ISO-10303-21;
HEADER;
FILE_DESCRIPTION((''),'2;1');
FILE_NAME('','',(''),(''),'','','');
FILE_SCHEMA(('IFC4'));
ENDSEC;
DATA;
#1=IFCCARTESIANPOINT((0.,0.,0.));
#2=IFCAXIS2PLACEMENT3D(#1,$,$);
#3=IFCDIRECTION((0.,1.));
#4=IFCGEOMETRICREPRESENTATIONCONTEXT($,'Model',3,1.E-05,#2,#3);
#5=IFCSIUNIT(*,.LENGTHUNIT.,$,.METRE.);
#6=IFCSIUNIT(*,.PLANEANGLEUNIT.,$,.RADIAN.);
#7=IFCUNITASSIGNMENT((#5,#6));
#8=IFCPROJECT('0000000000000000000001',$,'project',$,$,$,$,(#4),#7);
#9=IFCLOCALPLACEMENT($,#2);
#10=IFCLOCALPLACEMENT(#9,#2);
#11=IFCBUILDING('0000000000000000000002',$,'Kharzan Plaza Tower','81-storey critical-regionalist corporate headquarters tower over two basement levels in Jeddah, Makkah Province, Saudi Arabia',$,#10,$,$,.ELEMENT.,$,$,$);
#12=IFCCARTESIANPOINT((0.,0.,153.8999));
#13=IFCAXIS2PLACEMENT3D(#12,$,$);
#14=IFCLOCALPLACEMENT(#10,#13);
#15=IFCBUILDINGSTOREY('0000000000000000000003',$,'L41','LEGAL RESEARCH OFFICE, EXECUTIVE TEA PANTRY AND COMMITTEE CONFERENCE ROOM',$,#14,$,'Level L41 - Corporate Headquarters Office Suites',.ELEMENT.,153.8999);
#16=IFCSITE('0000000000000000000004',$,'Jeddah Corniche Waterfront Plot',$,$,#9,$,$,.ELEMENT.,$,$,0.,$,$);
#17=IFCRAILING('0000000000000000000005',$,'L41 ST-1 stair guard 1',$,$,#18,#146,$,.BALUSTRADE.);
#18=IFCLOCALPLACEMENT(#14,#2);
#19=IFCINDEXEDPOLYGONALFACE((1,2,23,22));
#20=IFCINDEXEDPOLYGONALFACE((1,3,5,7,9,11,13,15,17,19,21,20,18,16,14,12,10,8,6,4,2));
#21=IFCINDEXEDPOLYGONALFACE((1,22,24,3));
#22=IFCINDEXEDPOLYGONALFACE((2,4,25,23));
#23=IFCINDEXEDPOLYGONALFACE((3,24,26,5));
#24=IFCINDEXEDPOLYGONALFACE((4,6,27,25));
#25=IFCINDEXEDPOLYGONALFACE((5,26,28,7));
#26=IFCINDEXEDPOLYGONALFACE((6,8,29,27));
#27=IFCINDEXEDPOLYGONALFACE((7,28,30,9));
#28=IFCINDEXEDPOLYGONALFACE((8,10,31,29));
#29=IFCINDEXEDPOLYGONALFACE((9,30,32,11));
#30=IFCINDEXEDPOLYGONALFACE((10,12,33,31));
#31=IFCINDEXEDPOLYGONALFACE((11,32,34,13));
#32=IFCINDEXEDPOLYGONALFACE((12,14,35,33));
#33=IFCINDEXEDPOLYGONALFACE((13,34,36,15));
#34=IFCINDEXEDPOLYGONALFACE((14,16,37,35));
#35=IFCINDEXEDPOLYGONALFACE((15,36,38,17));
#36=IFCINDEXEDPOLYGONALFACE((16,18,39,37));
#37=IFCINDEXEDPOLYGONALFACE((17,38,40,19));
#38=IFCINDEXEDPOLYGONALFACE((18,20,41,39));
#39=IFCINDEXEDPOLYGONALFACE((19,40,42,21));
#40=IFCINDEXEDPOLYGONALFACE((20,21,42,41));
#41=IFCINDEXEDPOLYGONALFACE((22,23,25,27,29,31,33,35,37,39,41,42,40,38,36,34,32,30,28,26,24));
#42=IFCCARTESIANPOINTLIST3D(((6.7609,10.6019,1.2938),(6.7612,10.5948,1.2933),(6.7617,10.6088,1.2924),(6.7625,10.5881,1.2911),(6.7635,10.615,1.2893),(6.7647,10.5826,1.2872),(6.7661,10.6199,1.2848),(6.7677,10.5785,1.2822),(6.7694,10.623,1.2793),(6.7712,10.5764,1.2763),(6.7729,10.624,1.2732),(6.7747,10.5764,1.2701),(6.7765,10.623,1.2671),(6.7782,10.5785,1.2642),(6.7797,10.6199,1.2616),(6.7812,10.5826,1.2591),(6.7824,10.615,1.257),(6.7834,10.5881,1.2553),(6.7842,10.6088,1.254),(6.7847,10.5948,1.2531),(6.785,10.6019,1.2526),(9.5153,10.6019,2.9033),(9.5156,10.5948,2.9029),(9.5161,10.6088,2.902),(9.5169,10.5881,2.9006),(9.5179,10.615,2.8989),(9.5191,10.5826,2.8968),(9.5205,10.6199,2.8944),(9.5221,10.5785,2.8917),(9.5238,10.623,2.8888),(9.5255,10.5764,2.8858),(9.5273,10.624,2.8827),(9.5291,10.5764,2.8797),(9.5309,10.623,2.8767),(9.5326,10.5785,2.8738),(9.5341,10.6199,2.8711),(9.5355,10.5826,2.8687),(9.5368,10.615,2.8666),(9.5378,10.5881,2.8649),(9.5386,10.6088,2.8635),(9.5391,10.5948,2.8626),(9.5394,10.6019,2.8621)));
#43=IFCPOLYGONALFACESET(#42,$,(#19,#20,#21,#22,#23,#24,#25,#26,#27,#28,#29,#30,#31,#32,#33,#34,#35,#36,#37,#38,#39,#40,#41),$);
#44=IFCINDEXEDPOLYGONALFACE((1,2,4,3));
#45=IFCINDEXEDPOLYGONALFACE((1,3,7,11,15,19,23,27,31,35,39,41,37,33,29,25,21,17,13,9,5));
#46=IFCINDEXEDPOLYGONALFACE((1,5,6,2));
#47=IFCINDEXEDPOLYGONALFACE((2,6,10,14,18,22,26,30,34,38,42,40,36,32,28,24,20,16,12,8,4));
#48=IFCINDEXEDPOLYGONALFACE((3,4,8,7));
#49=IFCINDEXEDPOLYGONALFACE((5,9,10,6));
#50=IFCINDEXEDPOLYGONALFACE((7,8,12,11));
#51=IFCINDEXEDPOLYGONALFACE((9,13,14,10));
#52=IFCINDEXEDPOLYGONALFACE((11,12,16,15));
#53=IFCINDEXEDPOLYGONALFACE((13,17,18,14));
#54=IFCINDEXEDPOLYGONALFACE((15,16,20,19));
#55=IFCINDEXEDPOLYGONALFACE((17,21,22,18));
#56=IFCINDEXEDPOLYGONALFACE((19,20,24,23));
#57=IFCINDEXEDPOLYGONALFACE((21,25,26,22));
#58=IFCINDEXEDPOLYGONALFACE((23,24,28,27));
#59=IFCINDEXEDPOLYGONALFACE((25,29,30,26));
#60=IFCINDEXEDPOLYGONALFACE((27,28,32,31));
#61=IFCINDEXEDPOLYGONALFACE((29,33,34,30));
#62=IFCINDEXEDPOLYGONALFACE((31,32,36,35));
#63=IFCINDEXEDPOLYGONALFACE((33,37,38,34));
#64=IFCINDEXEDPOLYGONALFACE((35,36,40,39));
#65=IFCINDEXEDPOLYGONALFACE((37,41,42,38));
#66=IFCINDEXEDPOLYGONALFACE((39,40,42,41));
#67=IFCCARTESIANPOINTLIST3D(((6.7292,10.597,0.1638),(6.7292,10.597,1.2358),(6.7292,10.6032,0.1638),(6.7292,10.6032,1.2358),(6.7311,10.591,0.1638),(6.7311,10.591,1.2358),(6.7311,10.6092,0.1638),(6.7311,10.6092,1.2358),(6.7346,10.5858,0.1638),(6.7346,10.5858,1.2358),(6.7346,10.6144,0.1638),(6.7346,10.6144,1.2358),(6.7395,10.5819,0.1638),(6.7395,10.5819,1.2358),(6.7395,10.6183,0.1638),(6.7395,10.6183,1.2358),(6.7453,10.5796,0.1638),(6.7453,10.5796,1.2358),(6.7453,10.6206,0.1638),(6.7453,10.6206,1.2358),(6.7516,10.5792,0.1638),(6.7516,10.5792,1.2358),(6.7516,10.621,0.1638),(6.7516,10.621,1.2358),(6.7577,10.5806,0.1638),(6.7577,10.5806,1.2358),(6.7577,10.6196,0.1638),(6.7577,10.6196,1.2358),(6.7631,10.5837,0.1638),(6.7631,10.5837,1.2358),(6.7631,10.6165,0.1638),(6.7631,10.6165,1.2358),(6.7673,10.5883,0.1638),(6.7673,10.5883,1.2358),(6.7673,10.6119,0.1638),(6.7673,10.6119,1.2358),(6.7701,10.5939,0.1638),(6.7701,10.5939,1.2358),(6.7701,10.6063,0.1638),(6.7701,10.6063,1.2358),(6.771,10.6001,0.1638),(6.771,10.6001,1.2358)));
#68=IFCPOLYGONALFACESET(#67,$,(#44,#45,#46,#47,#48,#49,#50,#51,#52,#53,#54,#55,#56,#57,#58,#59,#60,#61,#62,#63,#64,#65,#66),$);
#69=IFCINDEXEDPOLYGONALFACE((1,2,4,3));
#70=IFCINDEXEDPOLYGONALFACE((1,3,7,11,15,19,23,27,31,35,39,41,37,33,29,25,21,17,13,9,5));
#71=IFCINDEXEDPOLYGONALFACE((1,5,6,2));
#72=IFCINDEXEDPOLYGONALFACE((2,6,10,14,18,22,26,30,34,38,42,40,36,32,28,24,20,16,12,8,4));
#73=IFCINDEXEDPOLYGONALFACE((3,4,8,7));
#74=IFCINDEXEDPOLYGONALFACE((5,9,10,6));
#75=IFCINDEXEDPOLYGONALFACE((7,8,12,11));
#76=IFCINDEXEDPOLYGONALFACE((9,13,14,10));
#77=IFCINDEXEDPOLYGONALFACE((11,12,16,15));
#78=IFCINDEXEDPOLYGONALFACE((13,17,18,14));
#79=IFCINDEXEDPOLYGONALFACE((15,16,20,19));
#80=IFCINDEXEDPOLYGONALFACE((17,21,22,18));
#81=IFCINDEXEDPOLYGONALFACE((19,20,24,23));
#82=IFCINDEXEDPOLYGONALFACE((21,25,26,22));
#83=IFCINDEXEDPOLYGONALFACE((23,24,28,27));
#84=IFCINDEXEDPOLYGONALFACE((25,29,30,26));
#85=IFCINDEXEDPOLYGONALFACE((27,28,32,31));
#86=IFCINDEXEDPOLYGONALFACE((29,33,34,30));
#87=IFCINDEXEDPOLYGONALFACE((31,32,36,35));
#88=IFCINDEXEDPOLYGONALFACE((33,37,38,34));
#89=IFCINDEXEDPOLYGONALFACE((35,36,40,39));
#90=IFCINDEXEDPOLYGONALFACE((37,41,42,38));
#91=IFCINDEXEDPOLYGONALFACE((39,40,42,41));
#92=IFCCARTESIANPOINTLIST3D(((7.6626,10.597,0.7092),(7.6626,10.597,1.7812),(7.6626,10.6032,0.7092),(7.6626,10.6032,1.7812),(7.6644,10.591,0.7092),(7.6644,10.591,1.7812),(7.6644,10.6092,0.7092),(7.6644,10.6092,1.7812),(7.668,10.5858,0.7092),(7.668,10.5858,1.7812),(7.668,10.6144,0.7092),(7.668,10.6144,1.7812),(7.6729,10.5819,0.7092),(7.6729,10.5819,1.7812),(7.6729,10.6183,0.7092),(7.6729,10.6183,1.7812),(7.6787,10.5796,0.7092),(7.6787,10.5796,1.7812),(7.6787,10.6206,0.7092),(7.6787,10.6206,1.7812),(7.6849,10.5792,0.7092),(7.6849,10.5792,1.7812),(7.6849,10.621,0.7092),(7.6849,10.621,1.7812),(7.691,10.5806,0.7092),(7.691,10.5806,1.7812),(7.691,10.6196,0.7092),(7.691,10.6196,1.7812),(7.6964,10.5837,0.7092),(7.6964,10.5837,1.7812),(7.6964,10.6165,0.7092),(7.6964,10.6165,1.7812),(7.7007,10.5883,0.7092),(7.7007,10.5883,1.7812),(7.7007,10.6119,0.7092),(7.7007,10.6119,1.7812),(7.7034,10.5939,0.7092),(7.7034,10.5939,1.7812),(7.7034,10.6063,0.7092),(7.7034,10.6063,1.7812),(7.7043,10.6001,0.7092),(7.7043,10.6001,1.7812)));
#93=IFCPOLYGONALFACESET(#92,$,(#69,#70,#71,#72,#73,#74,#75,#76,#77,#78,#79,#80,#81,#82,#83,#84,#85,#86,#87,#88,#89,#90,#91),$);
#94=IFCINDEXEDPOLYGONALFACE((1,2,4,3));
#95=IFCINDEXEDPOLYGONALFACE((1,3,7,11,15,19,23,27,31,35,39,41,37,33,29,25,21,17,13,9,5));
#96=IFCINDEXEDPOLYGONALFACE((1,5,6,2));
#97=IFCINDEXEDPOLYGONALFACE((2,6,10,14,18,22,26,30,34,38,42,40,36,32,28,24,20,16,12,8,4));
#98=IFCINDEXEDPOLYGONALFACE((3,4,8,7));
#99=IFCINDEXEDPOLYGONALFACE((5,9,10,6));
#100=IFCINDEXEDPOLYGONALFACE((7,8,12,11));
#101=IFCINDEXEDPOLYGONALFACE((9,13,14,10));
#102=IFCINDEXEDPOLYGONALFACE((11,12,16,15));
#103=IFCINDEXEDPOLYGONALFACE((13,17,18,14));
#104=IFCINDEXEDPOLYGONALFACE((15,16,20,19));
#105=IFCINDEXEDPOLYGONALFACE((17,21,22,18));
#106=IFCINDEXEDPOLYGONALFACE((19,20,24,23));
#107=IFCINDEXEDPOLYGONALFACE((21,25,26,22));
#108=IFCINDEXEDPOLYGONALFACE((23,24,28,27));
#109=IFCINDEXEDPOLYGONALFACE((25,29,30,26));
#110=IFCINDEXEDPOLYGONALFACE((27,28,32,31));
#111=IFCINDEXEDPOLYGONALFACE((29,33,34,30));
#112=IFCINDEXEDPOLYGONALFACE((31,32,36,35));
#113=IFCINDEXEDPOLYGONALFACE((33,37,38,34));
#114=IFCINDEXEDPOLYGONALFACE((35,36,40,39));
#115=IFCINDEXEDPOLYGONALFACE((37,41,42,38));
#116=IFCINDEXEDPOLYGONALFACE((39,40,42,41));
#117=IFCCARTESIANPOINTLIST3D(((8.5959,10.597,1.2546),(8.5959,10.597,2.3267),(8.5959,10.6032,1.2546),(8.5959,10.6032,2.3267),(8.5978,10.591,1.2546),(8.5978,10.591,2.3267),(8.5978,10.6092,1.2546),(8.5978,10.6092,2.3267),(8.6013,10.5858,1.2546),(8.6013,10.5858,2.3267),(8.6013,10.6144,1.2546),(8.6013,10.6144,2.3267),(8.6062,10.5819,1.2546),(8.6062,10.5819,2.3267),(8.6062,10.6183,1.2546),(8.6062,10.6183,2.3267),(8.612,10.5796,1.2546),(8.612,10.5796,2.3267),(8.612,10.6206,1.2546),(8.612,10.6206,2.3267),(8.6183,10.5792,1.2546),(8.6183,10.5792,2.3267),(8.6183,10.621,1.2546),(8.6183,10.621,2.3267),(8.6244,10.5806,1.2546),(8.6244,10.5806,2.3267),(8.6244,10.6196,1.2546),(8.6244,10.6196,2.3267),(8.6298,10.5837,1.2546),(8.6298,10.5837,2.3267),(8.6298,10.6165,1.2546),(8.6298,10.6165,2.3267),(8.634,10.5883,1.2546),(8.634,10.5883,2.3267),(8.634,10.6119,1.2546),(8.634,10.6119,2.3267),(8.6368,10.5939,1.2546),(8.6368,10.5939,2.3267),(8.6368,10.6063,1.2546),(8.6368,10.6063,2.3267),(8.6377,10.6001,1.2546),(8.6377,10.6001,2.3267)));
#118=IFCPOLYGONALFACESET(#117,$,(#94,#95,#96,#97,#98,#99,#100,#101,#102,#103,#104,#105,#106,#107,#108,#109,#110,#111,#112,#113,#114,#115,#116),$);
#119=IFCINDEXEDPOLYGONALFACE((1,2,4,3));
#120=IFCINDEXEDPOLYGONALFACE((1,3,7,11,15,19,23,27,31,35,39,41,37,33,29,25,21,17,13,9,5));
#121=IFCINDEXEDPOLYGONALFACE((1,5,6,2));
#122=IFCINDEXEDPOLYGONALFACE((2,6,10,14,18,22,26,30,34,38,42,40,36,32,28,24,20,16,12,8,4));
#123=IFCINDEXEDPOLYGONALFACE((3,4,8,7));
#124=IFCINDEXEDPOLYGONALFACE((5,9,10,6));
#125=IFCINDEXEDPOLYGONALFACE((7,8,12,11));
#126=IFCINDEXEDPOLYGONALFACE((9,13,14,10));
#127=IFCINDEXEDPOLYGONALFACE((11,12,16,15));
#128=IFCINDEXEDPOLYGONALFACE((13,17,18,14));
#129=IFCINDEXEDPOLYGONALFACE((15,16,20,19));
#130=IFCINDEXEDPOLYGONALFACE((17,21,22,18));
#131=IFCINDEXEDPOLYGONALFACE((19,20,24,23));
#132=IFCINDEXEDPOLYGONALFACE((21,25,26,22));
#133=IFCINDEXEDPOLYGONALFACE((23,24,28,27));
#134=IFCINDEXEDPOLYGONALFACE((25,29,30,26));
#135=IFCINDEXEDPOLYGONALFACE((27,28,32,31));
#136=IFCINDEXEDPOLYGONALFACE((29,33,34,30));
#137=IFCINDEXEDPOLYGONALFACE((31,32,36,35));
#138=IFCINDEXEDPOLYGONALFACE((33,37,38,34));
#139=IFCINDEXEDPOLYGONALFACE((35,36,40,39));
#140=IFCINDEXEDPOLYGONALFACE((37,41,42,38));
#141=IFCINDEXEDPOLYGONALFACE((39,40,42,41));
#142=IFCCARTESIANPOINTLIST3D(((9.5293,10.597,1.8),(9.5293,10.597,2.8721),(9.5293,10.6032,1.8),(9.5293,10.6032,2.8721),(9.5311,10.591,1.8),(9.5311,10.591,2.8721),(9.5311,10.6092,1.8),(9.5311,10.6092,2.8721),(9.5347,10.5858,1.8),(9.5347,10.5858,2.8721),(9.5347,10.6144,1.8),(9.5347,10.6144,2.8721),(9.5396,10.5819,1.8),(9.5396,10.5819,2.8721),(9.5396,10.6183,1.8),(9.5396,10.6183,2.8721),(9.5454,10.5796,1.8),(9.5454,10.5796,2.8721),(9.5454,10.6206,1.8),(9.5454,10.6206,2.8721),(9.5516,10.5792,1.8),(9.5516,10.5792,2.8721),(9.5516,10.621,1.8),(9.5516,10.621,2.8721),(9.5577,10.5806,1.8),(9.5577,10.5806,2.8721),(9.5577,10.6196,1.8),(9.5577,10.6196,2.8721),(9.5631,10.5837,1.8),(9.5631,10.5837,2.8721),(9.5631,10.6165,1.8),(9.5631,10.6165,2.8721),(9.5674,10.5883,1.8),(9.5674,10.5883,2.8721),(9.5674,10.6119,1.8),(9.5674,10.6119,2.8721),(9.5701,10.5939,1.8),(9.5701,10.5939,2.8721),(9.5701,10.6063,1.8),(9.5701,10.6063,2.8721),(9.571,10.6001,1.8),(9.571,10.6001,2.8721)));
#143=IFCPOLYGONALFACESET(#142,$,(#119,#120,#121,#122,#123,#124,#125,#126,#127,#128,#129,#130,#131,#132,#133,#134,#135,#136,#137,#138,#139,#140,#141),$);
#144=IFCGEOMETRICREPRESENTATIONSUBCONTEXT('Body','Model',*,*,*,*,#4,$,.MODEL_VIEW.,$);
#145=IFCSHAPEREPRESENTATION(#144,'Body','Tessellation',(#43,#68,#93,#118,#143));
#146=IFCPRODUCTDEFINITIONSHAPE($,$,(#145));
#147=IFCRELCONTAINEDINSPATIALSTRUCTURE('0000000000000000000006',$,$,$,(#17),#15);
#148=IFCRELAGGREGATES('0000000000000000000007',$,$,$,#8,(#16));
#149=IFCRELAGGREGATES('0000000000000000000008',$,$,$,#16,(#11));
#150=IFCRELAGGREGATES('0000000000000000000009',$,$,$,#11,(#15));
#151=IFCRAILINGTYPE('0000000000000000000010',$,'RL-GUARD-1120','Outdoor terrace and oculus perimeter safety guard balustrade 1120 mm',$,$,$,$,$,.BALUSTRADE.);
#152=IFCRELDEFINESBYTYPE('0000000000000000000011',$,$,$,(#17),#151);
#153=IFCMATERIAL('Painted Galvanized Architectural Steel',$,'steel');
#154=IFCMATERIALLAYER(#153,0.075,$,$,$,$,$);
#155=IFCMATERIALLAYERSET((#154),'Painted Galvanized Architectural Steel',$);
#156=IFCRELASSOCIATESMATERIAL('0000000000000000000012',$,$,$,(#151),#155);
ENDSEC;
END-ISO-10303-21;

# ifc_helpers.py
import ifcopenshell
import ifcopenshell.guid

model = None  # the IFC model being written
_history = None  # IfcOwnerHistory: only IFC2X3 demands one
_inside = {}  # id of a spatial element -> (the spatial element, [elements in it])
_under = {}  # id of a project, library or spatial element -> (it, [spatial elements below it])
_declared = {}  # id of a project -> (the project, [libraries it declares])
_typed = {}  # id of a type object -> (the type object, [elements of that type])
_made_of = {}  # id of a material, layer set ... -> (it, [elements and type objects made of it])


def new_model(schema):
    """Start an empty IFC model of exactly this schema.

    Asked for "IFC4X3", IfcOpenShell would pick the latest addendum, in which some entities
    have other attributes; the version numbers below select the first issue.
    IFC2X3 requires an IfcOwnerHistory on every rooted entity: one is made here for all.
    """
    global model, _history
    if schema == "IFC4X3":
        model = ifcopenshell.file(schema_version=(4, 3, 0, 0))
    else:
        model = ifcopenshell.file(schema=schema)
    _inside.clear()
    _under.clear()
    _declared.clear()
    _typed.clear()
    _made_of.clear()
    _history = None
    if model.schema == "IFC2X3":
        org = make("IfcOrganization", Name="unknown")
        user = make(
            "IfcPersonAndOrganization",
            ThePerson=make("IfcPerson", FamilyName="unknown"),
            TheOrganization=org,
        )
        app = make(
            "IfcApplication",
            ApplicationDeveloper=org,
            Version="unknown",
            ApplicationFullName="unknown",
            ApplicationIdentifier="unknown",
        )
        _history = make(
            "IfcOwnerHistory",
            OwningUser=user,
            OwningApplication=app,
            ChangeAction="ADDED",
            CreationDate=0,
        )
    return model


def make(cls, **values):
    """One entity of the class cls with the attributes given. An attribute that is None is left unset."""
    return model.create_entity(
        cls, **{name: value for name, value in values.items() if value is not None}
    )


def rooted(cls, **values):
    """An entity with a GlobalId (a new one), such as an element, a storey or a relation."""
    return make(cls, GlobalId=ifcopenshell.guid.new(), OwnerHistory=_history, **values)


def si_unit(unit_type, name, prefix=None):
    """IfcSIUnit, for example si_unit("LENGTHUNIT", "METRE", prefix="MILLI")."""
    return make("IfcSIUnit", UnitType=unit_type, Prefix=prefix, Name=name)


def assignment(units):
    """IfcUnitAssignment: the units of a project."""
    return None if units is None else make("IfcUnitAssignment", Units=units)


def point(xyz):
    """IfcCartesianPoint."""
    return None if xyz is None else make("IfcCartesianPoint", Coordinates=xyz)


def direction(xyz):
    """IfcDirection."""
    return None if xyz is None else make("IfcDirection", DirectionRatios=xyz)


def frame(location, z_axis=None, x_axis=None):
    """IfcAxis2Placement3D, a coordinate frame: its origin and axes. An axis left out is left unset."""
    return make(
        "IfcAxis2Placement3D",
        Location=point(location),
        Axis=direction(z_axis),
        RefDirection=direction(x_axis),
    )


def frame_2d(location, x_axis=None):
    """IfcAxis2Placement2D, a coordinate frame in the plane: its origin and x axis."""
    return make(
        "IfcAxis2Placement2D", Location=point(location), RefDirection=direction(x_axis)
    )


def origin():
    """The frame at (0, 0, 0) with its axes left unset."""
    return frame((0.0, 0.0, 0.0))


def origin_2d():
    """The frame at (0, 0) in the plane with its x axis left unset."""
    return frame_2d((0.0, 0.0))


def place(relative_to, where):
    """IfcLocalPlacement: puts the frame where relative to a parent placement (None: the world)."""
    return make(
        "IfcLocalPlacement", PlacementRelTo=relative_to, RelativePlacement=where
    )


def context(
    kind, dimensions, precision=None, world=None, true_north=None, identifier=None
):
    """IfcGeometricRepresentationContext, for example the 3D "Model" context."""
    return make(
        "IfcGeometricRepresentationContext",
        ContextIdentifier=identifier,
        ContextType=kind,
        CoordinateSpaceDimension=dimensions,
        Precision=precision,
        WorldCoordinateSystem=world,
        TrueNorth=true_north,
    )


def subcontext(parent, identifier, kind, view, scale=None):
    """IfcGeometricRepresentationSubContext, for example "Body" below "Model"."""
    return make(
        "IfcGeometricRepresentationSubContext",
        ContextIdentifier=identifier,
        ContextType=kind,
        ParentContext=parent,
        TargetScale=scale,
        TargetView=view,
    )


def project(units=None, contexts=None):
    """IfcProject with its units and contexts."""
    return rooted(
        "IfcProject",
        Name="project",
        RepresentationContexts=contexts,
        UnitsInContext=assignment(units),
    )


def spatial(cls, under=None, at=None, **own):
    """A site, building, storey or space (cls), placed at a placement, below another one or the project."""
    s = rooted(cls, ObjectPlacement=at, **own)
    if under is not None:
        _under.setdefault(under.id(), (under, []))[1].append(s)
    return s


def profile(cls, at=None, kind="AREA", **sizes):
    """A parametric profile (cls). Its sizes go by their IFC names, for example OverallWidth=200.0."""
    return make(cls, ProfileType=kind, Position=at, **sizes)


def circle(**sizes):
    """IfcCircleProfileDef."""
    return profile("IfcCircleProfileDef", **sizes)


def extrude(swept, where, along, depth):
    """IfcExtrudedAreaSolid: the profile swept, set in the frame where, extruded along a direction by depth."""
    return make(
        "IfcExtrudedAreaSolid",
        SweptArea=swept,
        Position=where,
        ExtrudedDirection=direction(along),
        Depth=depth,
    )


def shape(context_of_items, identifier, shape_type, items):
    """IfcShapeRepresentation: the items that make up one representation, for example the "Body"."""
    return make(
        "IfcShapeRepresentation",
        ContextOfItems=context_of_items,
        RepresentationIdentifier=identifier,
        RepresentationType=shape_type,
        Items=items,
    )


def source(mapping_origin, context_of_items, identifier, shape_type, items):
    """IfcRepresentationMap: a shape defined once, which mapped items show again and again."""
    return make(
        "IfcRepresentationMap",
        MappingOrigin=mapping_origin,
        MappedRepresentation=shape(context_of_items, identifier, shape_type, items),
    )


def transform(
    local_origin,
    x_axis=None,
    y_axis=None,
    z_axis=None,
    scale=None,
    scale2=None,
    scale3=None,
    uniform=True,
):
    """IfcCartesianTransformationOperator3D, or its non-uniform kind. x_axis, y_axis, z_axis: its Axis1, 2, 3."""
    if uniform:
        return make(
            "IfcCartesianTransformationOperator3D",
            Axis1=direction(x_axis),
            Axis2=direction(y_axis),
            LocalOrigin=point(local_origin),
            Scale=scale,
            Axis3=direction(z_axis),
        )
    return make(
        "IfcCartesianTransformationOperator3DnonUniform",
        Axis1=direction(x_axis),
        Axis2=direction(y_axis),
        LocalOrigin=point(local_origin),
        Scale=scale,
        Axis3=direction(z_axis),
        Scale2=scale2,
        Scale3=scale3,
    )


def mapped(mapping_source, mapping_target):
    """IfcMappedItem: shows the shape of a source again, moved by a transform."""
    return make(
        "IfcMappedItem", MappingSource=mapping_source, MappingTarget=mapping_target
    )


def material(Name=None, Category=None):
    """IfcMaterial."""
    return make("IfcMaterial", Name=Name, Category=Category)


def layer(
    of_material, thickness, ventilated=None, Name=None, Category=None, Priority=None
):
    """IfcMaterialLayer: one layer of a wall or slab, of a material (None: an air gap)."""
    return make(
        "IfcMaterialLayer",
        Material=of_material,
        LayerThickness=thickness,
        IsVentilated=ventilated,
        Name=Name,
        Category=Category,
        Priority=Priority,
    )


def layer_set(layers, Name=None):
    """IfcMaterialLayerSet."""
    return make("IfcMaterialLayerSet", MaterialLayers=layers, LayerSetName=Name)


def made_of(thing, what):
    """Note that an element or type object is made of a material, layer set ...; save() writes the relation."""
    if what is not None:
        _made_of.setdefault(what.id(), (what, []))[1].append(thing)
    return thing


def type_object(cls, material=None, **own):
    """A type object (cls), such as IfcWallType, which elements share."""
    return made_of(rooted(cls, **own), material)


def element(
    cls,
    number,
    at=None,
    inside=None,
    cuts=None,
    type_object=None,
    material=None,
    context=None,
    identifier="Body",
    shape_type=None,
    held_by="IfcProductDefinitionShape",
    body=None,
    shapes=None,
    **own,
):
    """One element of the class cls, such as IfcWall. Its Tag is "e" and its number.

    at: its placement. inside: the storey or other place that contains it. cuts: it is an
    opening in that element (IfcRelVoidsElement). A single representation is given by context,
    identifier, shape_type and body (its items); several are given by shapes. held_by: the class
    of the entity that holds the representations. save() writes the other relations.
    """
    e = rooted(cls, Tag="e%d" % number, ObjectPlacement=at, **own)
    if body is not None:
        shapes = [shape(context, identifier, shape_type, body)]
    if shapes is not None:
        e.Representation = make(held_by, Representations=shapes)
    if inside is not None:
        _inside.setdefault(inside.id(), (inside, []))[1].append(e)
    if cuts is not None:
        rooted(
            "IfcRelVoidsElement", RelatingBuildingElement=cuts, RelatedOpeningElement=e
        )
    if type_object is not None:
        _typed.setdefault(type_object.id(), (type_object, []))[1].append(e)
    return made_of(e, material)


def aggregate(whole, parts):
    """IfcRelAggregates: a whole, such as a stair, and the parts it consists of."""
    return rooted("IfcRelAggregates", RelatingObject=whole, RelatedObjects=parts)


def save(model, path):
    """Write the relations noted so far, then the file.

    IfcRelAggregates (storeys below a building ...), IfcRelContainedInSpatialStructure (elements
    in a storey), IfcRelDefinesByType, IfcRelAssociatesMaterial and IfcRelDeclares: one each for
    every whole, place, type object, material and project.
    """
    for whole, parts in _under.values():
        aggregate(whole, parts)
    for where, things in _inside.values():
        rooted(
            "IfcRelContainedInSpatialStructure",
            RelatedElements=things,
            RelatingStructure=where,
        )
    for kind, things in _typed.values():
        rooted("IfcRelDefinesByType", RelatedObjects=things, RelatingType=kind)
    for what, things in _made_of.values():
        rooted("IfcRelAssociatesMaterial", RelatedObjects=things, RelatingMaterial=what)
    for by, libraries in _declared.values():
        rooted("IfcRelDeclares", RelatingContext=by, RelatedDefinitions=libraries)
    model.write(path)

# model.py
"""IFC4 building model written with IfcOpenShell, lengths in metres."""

from ifc_helpers import new_model, si_unit, direction, frame, origin, origin_2d, place, context, subcontext, project, spatial, circle, extrude, source, transform, mapped, material, layer, layer_set, type_object, element, save


model = new_model("IFC4")

# Units and contexts
model_context = context("Model", 3, precision=1e-05, world=origin(), true_north=direction((0.0, 1.0)))
body_context = subcontext(model_context, "Body", "Model", "MODEL_VIEW")
ifc_project = project(units=[si_unit("LENGTHUNIT", "METRE"), si_unit("PLANEANGLEUNIT", "RADIAN")], contexts=[model_context])

# Site, building, storey
site_placement = place(None, origin())
site = spatial("IfcSite", under=ifc_project, at=site_placement, Name="Jeddah Corniche Waterfront Plot", CompositionType="ELEMENT", RefElevation=0.0)
building_placement = place(site_placement, origin())
building = spatial("IfcBuilding", under=site, at=building_placement, Name="Kharzan Plaza Tower", Description="81-storey critical-regionalist corporate headquarters tower over two basement levels in Jeddah, Makkah Province, Saudi Arabia", CompositionType="ELEMENT")
storey_placement = place(building_placement, frame((0.0, 0.0, 153.8999)))
storey = spatial("IfcBuildingStorey", under=building, at=storey_placement, Name="L41", Description="LEGAL RESEARCH OFFICE, EXECUTIVE TEA PANTRY AND COMMITTEE CONFERENCE ROOM", LongName="Level L41 - Corporate Headquarters Office Suites", CompositionType="ELEMENT", Elevation=153.8999)

# Railing
ifc_material_1 = material(Name="Painted Galvanized Architectural Steel", Category="steel")
ifc_layer_1 = layer(ifc_material_1, 0.075)
ifc_layer_set_1 = layer_set([ifc_layer_1], Name="Painted Galvanized Architectural Steel")
railing_type_1 = type_object("IfcRailingType", Name="RL-GUARD-1120", Description="Outdoor terrace and oculus perimeter safety guard balustrade 1120 mm", PredefinedType="BALUSTRADE", material=ifc_layer_set_1)
shared_shape_1 = source(origin(), body_context, "Body", "SweptSolid", [
    extrude(circle(Radius=0.0239, at=origin_2d()), frame((0.0229, 0.0, 1.1094), z_axis=(0.863394, 0.0, 0.504531), x_axis=(0.0, 1.0, 0.0)), (0.0, 0.0, 1.0), 3.1902),
    extrude(circle(Radius=0.021, at=origin_2d()), origin(), (0.0, 0.0, 1.0), 1.072),
    extrude(circle(Radius=0.021, at=origin_2d()), frame((0.9333, 0.0, 0.5454)), (0.0, 0.0, 1.0), 1.072),
    extrude(circle(Radius=0.021, at=origin_2d()), frame((1.8667, 0.0, 1.0908)), (0.0, 0.0, 1.0), 1.072),
    extrude(circle(Radius=0.021, at=origin_2d()), frame((2.8, 0.0, 1.6362)), (0.0, 0.0, 1.0), 1.072),
])
railing_1_placement = place(storey_placement, frame((6.75, 10.6001, 0.1638)))
element("IfcRailing", 1, at=railing_1_placement, inside=storey, type_object=railing_type_1, Name="L41 ST-1 stair guard 1", PredefinedType="BALUSTRADE", context=body_context, shape_type="MappedRepresentation", body=[
    mapped(shared_shape_1, transform((0.0, 0.0, 0.0), x_axis=(1.0, 0.0, 0.0), y_axis=(0.0, 1.0, 0.0), z_axis=(0.0, 0.0, 1.0))),
])

save(model, "model.ifc")
